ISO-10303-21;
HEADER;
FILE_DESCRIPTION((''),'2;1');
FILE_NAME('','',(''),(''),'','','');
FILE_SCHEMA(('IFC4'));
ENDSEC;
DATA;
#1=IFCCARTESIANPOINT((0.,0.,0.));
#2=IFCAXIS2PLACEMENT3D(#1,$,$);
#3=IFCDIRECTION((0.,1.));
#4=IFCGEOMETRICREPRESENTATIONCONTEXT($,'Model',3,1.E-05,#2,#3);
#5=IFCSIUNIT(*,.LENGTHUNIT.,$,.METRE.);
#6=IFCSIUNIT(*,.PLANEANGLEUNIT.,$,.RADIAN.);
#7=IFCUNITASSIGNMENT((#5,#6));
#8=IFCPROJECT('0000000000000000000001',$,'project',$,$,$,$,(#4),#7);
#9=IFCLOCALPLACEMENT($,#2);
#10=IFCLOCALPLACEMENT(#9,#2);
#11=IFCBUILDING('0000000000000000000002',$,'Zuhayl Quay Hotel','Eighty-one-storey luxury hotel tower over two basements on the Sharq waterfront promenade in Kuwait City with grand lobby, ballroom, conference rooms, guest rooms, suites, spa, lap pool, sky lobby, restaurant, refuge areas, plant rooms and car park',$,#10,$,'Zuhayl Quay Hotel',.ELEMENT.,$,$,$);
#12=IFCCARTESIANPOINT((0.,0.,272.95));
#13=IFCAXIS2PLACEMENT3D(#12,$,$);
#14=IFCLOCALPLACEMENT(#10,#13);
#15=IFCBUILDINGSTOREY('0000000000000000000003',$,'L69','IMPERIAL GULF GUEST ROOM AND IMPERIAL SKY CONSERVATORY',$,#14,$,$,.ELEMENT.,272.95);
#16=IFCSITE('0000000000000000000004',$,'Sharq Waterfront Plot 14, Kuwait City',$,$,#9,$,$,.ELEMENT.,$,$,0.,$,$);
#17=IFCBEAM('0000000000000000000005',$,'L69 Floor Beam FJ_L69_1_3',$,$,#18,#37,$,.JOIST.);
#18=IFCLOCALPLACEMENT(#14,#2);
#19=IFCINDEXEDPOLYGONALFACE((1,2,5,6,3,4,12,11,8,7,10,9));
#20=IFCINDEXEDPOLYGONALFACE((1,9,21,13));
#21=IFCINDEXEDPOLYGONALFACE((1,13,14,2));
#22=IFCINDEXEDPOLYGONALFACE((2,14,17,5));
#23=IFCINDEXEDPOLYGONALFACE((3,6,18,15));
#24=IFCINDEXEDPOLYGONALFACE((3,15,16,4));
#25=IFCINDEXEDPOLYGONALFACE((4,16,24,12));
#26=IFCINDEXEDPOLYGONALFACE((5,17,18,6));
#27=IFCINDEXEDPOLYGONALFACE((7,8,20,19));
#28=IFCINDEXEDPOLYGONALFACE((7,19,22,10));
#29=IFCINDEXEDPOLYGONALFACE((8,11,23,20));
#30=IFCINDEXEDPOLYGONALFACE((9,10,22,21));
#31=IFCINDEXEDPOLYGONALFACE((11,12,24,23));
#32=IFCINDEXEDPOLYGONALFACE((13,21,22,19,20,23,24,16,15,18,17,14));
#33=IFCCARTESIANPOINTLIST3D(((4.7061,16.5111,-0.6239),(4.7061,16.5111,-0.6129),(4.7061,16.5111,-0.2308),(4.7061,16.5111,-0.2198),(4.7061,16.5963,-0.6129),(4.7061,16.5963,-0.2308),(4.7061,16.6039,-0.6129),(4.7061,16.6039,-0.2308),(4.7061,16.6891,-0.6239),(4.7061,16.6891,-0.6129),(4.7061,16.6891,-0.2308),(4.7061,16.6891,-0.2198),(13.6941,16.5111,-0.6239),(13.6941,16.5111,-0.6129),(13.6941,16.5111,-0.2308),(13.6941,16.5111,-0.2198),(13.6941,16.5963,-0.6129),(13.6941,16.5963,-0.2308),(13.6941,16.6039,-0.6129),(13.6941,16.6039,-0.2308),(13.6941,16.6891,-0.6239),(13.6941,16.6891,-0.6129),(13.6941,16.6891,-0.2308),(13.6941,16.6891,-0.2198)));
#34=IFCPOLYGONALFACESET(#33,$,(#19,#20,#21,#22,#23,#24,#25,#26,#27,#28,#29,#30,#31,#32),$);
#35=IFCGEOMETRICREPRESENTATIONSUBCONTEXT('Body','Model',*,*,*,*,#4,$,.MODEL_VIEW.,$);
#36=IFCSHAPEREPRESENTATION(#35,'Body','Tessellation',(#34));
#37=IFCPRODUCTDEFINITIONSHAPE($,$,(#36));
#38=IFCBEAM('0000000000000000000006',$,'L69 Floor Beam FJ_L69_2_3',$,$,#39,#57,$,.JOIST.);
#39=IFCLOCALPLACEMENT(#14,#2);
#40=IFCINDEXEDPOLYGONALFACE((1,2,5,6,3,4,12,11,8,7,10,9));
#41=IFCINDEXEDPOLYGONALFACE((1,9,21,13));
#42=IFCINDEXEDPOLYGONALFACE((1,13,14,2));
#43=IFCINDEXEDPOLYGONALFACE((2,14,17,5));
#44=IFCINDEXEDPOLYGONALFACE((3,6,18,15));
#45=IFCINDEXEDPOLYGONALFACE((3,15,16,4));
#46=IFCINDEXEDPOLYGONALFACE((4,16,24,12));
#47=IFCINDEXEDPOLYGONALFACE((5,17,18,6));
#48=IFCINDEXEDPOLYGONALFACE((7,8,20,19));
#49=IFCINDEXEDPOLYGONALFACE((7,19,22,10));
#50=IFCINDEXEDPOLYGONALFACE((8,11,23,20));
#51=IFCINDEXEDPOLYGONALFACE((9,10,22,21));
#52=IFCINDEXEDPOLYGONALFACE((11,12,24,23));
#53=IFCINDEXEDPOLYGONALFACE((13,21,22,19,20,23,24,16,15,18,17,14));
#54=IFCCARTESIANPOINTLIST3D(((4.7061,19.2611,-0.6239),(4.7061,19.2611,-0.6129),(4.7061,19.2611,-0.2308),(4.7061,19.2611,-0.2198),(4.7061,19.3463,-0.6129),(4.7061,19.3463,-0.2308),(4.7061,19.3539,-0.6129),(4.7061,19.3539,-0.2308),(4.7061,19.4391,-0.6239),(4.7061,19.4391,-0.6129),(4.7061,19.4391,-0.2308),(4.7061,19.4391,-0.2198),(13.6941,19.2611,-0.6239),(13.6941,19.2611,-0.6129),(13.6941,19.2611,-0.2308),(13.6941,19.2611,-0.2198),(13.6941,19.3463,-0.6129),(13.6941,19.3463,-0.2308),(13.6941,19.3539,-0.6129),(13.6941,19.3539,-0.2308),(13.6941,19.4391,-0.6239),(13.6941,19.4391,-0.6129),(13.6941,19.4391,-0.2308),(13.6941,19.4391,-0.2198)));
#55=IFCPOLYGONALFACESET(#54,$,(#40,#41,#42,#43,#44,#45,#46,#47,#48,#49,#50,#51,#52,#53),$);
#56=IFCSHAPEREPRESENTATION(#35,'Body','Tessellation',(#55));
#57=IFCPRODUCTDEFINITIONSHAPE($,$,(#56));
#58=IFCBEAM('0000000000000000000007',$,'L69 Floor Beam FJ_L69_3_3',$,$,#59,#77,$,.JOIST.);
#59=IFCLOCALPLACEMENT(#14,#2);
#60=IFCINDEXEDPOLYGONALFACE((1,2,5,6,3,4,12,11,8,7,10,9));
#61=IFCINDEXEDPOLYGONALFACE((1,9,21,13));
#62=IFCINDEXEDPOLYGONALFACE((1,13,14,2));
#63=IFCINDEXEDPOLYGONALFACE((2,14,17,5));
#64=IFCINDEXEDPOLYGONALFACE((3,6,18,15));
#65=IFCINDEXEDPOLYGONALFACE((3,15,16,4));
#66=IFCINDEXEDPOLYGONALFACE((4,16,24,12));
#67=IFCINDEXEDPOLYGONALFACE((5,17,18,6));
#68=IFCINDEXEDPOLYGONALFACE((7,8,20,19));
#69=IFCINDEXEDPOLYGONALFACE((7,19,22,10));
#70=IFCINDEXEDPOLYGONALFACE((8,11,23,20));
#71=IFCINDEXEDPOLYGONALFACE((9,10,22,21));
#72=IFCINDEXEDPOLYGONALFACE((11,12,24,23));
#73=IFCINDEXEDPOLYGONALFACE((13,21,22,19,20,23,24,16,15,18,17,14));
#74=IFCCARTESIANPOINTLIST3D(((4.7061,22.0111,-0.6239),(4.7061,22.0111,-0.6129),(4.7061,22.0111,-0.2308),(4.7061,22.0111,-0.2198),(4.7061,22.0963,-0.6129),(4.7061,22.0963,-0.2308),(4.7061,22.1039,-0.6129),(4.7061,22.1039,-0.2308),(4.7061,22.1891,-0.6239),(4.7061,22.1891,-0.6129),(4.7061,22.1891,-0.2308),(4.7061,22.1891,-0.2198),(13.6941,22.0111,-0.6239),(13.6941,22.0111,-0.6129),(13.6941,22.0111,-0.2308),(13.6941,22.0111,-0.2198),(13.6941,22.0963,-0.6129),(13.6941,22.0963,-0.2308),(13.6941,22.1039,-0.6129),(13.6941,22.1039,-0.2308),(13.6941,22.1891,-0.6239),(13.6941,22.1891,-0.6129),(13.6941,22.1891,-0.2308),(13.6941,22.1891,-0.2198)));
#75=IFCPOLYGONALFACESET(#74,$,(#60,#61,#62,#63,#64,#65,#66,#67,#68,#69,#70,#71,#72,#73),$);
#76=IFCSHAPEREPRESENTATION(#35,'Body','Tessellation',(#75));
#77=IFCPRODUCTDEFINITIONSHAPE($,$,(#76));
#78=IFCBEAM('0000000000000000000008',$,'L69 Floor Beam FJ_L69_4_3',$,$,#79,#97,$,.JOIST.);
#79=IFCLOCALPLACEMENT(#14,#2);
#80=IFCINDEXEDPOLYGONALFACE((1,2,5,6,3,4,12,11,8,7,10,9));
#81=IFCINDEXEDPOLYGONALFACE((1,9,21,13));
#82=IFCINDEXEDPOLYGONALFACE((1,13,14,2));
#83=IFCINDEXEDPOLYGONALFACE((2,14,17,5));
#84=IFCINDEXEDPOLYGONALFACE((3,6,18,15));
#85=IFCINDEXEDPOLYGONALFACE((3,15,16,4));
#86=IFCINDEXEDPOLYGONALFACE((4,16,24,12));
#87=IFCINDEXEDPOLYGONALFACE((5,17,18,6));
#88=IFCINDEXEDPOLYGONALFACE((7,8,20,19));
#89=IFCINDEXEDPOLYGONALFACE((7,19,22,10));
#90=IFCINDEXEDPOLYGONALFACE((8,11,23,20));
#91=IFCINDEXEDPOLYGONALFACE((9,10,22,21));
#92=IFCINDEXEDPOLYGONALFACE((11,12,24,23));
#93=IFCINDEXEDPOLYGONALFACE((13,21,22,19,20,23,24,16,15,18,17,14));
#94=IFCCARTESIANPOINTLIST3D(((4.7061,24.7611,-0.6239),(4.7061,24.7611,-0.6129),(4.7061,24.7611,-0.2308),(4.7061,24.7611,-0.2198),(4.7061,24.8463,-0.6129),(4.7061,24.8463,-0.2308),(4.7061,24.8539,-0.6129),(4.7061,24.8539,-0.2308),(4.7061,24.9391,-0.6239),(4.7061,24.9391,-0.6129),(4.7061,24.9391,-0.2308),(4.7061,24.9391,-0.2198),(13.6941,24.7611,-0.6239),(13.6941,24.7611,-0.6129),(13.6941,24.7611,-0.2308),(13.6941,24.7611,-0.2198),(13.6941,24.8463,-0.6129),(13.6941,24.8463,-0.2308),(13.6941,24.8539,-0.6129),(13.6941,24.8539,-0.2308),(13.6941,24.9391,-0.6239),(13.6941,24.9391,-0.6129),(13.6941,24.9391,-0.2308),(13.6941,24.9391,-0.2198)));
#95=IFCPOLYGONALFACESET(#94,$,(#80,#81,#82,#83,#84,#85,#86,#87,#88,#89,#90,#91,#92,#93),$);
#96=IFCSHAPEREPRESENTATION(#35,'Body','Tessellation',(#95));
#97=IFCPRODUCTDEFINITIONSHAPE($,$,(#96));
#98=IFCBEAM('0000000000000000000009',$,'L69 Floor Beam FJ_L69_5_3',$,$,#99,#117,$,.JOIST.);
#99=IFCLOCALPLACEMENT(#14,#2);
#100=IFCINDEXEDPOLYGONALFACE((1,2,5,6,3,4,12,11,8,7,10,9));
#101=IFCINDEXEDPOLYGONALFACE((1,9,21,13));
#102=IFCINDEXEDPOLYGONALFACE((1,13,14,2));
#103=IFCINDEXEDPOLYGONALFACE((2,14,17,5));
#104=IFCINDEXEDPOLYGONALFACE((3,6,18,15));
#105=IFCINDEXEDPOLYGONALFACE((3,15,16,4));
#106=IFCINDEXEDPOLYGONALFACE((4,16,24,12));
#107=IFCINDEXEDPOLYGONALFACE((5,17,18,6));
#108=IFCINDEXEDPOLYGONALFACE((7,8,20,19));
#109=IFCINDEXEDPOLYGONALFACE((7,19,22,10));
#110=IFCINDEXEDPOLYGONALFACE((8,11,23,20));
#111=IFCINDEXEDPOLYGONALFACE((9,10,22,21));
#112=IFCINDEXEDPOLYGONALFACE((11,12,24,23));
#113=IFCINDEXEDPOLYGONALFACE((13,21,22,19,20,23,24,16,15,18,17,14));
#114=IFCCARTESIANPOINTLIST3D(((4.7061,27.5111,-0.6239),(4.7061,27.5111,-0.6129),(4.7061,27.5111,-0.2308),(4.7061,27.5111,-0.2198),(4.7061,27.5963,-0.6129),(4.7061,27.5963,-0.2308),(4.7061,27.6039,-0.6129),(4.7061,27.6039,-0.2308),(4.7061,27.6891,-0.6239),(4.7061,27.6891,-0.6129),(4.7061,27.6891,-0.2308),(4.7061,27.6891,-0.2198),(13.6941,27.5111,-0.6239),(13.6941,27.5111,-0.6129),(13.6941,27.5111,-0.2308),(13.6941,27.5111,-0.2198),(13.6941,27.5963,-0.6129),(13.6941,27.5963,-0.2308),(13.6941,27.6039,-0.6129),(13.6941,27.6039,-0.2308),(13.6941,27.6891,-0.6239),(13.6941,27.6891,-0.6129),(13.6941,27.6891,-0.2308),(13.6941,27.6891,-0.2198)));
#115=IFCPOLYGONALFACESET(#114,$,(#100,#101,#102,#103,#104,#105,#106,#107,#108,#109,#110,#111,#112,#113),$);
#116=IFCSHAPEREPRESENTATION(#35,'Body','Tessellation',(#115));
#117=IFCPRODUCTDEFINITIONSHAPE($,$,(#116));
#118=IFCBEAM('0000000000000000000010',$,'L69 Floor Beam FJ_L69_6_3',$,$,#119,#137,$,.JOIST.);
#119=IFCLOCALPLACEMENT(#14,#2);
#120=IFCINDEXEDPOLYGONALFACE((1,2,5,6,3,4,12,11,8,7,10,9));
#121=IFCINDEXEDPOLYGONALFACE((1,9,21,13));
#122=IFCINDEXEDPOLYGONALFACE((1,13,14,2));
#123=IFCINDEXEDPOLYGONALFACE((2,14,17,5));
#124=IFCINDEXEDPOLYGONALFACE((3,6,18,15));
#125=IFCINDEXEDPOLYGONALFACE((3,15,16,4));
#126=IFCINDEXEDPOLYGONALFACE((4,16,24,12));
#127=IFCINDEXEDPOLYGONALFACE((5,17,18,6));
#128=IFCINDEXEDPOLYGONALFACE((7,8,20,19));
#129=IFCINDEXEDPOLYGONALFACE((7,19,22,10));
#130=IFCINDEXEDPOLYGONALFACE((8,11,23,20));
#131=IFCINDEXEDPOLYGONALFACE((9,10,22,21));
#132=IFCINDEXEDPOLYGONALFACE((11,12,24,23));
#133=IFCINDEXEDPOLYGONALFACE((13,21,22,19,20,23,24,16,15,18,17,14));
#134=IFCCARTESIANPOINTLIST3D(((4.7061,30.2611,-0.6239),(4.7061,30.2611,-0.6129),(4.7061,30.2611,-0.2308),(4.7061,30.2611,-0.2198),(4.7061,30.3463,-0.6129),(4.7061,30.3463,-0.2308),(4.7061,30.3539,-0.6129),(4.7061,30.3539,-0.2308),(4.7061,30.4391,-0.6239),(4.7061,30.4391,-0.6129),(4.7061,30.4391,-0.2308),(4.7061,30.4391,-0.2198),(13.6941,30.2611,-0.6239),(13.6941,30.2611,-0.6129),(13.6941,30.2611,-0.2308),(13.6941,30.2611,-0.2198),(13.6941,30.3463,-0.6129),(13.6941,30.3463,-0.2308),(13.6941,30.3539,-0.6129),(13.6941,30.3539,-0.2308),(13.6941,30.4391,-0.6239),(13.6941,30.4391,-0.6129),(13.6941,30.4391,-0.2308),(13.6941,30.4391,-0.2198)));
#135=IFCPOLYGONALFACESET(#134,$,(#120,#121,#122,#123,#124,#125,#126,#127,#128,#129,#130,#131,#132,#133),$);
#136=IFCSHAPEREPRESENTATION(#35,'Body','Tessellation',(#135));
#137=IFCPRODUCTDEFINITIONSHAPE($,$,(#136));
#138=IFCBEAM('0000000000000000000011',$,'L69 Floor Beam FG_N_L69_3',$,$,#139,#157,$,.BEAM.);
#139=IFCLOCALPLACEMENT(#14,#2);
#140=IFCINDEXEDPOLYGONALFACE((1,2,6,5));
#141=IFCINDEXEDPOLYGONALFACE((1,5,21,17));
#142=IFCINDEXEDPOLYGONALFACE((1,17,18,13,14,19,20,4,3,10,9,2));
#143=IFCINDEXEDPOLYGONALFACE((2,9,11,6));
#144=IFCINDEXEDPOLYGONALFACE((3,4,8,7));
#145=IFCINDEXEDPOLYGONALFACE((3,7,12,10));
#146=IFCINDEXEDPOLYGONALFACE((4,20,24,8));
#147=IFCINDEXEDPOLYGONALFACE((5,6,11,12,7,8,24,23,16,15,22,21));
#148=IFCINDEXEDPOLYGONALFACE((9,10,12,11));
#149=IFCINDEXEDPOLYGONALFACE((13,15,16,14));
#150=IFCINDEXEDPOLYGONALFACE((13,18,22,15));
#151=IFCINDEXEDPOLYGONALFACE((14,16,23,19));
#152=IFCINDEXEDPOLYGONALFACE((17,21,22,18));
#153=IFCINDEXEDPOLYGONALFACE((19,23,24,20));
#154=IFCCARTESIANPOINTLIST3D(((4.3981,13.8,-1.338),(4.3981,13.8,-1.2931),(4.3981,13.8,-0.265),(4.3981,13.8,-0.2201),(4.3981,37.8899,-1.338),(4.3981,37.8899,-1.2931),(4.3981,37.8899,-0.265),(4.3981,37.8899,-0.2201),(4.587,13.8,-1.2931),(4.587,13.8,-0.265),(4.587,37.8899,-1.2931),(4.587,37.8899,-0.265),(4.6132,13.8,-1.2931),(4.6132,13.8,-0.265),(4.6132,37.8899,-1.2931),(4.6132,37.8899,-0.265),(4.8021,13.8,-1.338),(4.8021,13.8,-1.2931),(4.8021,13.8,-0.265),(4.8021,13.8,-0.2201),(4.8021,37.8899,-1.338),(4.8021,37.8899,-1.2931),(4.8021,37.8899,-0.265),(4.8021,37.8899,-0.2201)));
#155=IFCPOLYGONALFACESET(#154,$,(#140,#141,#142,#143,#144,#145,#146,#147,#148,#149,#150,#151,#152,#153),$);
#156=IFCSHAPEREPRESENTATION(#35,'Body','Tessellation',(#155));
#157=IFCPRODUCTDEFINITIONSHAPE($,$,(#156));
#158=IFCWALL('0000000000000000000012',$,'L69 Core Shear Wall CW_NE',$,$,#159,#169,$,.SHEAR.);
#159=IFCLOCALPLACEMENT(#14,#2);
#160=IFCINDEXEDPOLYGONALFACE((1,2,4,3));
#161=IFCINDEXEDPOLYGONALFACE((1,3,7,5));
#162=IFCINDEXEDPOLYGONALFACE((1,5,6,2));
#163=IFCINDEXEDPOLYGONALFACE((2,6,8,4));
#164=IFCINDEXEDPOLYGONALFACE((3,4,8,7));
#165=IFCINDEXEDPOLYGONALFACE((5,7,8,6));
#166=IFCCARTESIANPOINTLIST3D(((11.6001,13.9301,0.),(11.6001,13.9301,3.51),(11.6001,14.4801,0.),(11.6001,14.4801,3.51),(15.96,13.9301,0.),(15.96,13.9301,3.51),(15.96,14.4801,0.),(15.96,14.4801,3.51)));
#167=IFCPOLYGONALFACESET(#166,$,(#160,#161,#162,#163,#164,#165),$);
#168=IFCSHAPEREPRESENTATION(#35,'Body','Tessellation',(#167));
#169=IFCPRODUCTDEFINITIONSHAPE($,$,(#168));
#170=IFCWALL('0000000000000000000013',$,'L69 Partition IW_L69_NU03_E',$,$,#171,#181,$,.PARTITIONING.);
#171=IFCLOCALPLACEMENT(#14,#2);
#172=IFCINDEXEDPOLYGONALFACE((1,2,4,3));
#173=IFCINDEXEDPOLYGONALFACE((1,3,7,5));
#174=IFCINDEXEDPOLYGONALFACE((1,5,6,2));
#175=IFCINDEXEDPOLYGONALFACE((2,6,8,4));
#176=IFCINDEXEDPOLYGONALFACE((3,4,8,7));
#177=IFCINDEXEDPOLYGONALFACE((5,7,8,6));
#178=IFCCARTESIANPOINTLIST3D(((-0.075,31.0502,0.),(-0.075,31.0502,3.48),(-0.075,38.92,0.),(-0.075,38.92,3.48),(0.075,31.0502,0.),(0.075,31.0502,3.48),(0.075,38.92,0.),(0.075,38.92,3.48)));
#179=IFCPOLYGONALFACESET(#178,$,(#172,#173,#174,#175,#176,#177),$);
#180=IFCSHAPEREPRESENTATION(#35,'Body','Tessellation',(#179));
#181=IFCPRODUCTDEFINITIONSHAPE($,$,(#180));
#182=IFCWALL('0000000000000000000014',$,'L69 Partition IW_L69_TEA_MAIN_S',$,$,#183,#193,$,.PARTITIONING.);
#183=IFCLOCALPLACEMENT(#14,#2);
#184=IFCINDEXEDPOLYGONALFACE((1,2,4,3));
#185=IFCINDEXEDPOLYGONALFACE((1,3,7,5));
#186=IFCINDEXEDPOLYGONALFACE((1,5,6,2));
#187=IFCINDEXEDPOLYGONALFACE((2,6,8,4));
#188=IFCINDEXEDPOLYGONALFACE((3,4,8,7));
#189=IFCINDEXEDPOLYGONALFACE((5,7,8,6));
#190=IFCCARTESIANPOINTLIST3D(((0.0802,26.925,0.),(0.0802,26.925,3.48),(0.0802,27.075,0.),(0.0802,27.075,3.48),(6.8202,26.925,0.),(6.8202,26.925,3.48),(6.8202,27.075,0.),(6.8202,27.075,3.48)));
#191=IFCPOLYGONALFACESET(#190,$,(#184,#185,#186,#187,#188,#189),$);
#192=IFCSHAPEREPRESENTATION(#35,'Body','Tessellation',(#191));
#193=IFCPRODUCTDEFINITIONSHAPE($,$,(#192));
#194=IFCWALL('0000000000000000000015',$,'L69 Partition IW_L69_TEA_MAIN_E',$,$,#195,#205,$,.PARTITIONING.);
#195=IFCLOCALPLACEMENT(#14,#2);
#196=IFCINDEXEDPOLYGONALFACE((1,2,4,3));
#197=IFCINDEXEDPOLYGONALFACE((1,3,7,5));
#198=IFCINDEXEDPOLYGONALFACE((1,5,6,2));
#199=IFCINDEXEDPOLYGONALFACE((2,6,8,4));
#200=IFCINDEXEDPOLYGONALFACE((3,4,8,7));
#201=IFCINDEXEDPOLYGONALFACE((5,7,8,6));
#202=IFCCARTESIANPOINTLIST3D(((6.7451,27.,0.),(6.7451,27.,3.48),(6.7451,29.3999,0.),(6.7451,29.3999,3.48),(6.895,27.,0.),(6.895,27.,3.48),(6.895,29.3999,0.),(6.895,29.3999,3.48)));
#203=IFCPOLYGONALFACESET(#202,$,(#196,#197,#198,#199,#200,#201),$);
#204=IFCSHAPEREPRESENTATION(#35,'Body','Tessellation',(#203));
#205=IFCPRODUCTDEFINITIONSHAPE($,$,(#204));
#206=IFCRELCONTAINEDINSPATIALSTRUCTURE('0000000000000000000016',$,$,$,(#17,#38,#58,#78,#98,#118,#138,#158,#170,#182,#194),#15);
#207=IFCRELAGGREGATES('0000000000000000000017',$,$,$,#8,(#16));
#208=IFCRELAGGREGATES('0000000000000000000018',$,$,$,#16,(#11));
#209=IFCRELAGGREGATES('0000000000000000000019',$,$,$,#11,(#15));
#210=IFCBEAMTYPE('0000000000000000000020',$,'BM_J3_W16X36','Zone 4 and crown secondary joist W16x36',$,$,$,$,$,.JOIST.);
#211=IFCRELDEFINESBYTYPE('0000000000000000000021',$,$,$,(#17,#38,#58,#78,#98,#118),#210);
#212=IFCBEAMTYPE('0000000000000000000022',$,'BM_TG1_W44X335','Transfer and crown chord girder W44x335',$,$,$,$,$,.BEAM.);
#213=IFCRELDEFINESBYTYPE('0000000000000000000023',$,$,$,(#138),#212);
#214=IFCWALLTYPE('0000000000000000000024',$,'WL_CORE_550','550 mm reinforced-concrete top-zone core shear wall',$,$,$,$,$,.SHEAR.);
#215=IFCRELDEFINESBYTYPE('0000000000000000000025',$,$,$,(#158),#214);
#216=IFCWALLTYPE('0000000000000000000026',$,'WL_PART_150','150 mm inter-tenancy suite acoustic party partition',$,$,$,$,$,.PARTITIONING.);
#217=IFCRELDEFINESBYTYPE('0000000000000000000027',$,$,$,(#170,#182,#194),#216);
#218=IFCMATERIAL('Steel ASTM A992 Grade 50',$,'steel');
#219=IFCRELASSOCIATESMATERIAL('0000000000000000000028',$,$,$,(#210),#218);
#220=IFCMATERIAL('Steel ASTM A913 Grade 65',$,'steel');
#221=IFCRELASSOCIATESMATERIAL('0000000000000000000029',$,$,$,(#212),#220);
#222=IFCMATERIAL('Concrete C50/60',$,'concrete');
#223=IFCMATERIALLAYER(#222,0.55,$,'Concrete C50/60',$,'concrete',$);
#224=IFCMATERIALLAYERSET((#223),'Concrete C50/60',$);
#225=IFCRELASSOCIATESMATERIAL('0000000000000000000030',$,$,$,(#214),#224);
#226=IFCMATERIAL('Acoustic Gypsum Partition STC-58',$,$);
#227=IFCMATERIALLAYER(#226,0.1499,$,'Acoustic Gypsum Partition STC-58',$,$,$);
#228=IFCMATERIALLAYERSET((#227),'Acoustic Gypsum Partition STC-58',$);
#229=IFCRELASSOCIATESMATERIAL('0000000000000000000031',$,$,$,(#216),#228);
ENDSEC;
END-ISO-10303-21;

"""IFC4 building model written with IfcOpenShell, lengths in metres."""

from ifc_helpers import new_model, si_unit, direction, frame, frame_2d, origin, origin_2d, place, context, subcontext, project, spatial, rectangle, i_section, extrude, material, layer, layer_set, material_profile, profile_set, type_object, element, save


model = new_model("IFC4")

# Units and contexts
model_context = context("Model", 3, precision=1e-05, world=origin(), true_north=direction((0.0, 1.0)))
body_context = subcontext(model_context, "Body", "Model", "MODEL_VIEW")
ifc_project = project(units=[si_unit("LENGTHUNIT", "METRE"), si_unit("PLANEANGLEUNIT", "RADIAN")], contexts=[model_context])

# Site, building, storey
site_placement = place(None, origin())
site = spatial("IfcSite", under=ifc_project, at=site_placement, Name="Sharq Waterfront Plot 14, Kuwait City", CompositionType="ELEMENT", RefElevation=0.0)
building_placement = place(site_placement, origin())
building = spatial("IfcBuilding", under=site, at=building_placement, Name="Zuhayl Quay Hotel", Description="Eighty-one-storey luxury hotel tower over two basements on the Sharq waterfront promenade in Kuwait City with grand lobby, ballroom, conference rooms, guest rooms, suites, spa, lap pool, sky lobby, restaurant, refuge areas, plant rooms and car park", LongName="Zuhayl Quay Hotel", CompositionType="ELEMENT")
storey_placement = place(building_placement, frame((0.0, 0.0, 272.95)))
storey = spatial("IfcBuildingStorey", under=building, at=storey_placement, Name="L69", Description="IMPERIAL GULF GUEST ROOM AND IMPERIAL SKY CONSERVATORY", CompositionType="ELEMENT", Elevation=272.95)

# Beams
ifc_material_1 = material(Name="Steel ASTM A992 Grade 50", Category="steel")
ifc_material_profile_1 = material_profile(ifc_material_1, i_section(OverallWidth=0.178, OverallDepth=0.4041, WebThickness=0.0076, FlangeThickness=0.011, at=origin_2d()), Name="W16X36")
ifc_profile_set_1 = profile_set([ifc_material_profile_1], Name="Steel ASTM A992 Grade 50")
beam_type_1 = type_object("IfcBeamType", Name="BM_J3_W16X36", Description="Zone 4 and crown secondary joist W16x36", PredefinedType="JOIST", material=ifc_profile_set_1)
for number, where, z_axis, x_axis, name in (
    (1, (4.7061, 16.6001, -0.4219), (1.0, 0.0, 0.0), (0.0, 1.0, 0.0), "L69 Floor Beam FJ_L69_1_3"),
    (2, (4.7061, 19.3501, -0.4219), (1.0, 0.0, 0.0), (0.0, 1.0, 0.0), "L69 Floor Beam FJ_L69_2_3"),
    (3, (4.7061, 22.1001, -0.4219), (1.0, 0.0, 0.0), (0.0, 1.0, 0.0), "L69 Floor Beam FJ_L69_3_3"),
    (4, (4.7061, 24.8501, -0.4219), (1.0, 0.0, 0.0), (0.0, 1.0, 0.0), "L69 Floor Beam FJ_L69_4_3"),
    (5, (4.7061, 27.6001, -0.4219), (1.0, 0.0, 0.0), (0.0, 1.0, 0.0), "L69 Floor Beam FJ_L69_5_3"),
    (6, (4.7061, 30.3501, -0.4219), (1.0, 0.0, 0.0), (0.0, 1.0, 0.0), "L69 Floor Beam FJ_L69_6_3"),
):
    element("IfcBeam", number, at=place(storey_placement, frame(where, z_axis=z_axis, x_axis=x_axis)), inside=storey, type_object=beam_type_1, Name=name, PredefinedType="JOIST", context=body_context, shape_type="SweptSolid", body=[
        extrude(i_section(OverallWidth=0.178, OverallDepth=0.4041, WebThickness=0.0076, FlangeThickness=0.011, at=origin_2d()), origin(), (0.0, 0.0, 1.0), 8.988),
    ])
ifc_material_2 = material(Name="Steel ASTM A913 Grade 65", Category="steel")
ifc_material_profile_2 = material_profile(ifc_material_2, i_section(OverallWidth=0.4041, OverallDepth=1.1179, WebThickness=0.0261, FlangeThickness=0.0449, at=origin_2d()), Name="W44X335")
ifc_profile_set_2 = profile_set([ifc_material_profile_2], Name="Steel ASTM A913 Grade 65")
beam_type_2 = type_object("IfcBeamType", Name="BM_TG1_W44X335", Description="Transfer and crown chord girder W44x335", PredefinedType="BEAM", material=ifc_profile_set_2)
beam_placement = place(storey_placement, frame((4.6001, 13.8, -0.7791), z_axis=(0.0, 1.0, 0.0), x_axis=(-1.0, 0.0, 0.0)))
element("IfcBeam", 7, at=beam_placement, inside=storey, type_object=beam_type_2, Name="L69 Floor Beam FG_N_L69_3", PredefinedType="BEAM", context=body_context, shape_type="SweptSolid", body=[
    extrude(i_section(OverallWidth=0.4041, OverallDepth=1.1179, WebThickness=0.0261, FlangeThickness=0.0449, at=origin_2d()), origin(), (0.0, 0.0, 1.0), 24.0898),
])

# Walls
ifc_material_3 = material(Name="Concrete C50/60", Category="concrete")
ifc_layer_1 = layer(ifc_material_3, 0.55, Name="Concrete C50/60", Category="concrete")
ifc_layer_set_1 = layer_set([ifc_layer_1], Name="Concrete C50/60")
wall_type_1 = type_object("IfcWallType", Name="WL_CORE_550", Description="550 mm reinforced-concrete top-zone core shear wall", PredefinedType="SHEAR", material=ifc_layer_set_1)
wall_1_placement = place(storey_placement, frame((11.6001, 14.2051, 0.0), z_axis=(0.0, 0.0, 1.0), x_axis=(1.0, 0.0, 0.0)))
element("IfcWall", 8, at=wall_1_placement, inside=storey, type_object=wall_type_1, Name="L69 Core Shear Wall CW_NE", PredefinedType="SHEAR", context=body_context, shape_type="SweptSolid", body=[
    extrude(rectangle(XDim=4.3599, YDim=0.55, at=frame_2d((2.1799, 0.0))), origin(), (0.0, 0.0, 1.0), 3.51),
])
ifc_material_4 = material(Name="Acoustic Gypsum Partition STC-58")
ifc_layer_2 = layer(ifc_material_4, 0.1499, Name="Acoustic Gypsum Partition STC-58")
ifc_layer_set_2 = layer_set([ifc_layer_2], Name="Acoustic Gypsum Partition STC-58")
wall_type_2 = type_object("IfcWallType", Name="WL_PART_150", Description="150 mm inter-tenancy suite acoustic party partition", PredefinedType="PARTITIONING", material=ifc_layer_set_2)
wall_2_placement = place(storey_placement, frame((0.0, 31.05, 0.0), z_axis=(0.0, 0.0, 1.0), x_axis=(0.0, 1.0, 0.0)))
element("IfcWall", 9, at=wall_2_placement, inside=storey, type_object=wall_type_2, Name="L69 Partition IW_L69_NU03_E", PredefinedType="PARTITIONING", context=body_context, shape_type="SweptSolid", body=[
    extrude(rectangle(XDim=7.8699, YDim=0.1499, at=frame_2d((3.9351, 0.0))), origin(), (0.0, 0.0, 1.0), 3.48),
])
wall_3_placement = place(storey_placement, frame((0.0801, 27.0, 0.0), z_axis=(0.0, 0.0, 1.0), x_axis=(1.0, 0.0, 0.0)))
element("IfcWall", 10, at=wall_3_placement, inside=storey, type_object=wall_type_2, Name="L69 Partition IW_L69_TEA_MAIN_S", PredefinedType="PARTITIONING", context=body_context, shape_type="SweptSolid", body=[
    extrude(rectangle(XDim=6.74, YDim=0.1499, at=frame_2d((3.3701, 0.0))), origin(), (0.0, 0.0, 1.0), 3.48),
])
wall_4_placement = place(storey_placement, frame((6.8201, 27.0, 0.0), z_axis=(0.0, 0.0, 1.0), x_axis=(0.0, 1.0, 0.0)))
element("IfcWall", 11, at=wall_4_placement, inside=storey, type_object=wall_type_2, Name="L69 Partition IW_L69_TEA_MAIN_E", PredefinedType="PARTITIONING", context=body_context, shape_type="SweptSolid", body=[
    extrude(rectangle(XDim=2.3999, YDim=0.1499, at=frame_2d((1.2, 0.0))), origin(), (0.0, 0.0, 1.0), 3.48),
])

save(model, "model.ifc")
